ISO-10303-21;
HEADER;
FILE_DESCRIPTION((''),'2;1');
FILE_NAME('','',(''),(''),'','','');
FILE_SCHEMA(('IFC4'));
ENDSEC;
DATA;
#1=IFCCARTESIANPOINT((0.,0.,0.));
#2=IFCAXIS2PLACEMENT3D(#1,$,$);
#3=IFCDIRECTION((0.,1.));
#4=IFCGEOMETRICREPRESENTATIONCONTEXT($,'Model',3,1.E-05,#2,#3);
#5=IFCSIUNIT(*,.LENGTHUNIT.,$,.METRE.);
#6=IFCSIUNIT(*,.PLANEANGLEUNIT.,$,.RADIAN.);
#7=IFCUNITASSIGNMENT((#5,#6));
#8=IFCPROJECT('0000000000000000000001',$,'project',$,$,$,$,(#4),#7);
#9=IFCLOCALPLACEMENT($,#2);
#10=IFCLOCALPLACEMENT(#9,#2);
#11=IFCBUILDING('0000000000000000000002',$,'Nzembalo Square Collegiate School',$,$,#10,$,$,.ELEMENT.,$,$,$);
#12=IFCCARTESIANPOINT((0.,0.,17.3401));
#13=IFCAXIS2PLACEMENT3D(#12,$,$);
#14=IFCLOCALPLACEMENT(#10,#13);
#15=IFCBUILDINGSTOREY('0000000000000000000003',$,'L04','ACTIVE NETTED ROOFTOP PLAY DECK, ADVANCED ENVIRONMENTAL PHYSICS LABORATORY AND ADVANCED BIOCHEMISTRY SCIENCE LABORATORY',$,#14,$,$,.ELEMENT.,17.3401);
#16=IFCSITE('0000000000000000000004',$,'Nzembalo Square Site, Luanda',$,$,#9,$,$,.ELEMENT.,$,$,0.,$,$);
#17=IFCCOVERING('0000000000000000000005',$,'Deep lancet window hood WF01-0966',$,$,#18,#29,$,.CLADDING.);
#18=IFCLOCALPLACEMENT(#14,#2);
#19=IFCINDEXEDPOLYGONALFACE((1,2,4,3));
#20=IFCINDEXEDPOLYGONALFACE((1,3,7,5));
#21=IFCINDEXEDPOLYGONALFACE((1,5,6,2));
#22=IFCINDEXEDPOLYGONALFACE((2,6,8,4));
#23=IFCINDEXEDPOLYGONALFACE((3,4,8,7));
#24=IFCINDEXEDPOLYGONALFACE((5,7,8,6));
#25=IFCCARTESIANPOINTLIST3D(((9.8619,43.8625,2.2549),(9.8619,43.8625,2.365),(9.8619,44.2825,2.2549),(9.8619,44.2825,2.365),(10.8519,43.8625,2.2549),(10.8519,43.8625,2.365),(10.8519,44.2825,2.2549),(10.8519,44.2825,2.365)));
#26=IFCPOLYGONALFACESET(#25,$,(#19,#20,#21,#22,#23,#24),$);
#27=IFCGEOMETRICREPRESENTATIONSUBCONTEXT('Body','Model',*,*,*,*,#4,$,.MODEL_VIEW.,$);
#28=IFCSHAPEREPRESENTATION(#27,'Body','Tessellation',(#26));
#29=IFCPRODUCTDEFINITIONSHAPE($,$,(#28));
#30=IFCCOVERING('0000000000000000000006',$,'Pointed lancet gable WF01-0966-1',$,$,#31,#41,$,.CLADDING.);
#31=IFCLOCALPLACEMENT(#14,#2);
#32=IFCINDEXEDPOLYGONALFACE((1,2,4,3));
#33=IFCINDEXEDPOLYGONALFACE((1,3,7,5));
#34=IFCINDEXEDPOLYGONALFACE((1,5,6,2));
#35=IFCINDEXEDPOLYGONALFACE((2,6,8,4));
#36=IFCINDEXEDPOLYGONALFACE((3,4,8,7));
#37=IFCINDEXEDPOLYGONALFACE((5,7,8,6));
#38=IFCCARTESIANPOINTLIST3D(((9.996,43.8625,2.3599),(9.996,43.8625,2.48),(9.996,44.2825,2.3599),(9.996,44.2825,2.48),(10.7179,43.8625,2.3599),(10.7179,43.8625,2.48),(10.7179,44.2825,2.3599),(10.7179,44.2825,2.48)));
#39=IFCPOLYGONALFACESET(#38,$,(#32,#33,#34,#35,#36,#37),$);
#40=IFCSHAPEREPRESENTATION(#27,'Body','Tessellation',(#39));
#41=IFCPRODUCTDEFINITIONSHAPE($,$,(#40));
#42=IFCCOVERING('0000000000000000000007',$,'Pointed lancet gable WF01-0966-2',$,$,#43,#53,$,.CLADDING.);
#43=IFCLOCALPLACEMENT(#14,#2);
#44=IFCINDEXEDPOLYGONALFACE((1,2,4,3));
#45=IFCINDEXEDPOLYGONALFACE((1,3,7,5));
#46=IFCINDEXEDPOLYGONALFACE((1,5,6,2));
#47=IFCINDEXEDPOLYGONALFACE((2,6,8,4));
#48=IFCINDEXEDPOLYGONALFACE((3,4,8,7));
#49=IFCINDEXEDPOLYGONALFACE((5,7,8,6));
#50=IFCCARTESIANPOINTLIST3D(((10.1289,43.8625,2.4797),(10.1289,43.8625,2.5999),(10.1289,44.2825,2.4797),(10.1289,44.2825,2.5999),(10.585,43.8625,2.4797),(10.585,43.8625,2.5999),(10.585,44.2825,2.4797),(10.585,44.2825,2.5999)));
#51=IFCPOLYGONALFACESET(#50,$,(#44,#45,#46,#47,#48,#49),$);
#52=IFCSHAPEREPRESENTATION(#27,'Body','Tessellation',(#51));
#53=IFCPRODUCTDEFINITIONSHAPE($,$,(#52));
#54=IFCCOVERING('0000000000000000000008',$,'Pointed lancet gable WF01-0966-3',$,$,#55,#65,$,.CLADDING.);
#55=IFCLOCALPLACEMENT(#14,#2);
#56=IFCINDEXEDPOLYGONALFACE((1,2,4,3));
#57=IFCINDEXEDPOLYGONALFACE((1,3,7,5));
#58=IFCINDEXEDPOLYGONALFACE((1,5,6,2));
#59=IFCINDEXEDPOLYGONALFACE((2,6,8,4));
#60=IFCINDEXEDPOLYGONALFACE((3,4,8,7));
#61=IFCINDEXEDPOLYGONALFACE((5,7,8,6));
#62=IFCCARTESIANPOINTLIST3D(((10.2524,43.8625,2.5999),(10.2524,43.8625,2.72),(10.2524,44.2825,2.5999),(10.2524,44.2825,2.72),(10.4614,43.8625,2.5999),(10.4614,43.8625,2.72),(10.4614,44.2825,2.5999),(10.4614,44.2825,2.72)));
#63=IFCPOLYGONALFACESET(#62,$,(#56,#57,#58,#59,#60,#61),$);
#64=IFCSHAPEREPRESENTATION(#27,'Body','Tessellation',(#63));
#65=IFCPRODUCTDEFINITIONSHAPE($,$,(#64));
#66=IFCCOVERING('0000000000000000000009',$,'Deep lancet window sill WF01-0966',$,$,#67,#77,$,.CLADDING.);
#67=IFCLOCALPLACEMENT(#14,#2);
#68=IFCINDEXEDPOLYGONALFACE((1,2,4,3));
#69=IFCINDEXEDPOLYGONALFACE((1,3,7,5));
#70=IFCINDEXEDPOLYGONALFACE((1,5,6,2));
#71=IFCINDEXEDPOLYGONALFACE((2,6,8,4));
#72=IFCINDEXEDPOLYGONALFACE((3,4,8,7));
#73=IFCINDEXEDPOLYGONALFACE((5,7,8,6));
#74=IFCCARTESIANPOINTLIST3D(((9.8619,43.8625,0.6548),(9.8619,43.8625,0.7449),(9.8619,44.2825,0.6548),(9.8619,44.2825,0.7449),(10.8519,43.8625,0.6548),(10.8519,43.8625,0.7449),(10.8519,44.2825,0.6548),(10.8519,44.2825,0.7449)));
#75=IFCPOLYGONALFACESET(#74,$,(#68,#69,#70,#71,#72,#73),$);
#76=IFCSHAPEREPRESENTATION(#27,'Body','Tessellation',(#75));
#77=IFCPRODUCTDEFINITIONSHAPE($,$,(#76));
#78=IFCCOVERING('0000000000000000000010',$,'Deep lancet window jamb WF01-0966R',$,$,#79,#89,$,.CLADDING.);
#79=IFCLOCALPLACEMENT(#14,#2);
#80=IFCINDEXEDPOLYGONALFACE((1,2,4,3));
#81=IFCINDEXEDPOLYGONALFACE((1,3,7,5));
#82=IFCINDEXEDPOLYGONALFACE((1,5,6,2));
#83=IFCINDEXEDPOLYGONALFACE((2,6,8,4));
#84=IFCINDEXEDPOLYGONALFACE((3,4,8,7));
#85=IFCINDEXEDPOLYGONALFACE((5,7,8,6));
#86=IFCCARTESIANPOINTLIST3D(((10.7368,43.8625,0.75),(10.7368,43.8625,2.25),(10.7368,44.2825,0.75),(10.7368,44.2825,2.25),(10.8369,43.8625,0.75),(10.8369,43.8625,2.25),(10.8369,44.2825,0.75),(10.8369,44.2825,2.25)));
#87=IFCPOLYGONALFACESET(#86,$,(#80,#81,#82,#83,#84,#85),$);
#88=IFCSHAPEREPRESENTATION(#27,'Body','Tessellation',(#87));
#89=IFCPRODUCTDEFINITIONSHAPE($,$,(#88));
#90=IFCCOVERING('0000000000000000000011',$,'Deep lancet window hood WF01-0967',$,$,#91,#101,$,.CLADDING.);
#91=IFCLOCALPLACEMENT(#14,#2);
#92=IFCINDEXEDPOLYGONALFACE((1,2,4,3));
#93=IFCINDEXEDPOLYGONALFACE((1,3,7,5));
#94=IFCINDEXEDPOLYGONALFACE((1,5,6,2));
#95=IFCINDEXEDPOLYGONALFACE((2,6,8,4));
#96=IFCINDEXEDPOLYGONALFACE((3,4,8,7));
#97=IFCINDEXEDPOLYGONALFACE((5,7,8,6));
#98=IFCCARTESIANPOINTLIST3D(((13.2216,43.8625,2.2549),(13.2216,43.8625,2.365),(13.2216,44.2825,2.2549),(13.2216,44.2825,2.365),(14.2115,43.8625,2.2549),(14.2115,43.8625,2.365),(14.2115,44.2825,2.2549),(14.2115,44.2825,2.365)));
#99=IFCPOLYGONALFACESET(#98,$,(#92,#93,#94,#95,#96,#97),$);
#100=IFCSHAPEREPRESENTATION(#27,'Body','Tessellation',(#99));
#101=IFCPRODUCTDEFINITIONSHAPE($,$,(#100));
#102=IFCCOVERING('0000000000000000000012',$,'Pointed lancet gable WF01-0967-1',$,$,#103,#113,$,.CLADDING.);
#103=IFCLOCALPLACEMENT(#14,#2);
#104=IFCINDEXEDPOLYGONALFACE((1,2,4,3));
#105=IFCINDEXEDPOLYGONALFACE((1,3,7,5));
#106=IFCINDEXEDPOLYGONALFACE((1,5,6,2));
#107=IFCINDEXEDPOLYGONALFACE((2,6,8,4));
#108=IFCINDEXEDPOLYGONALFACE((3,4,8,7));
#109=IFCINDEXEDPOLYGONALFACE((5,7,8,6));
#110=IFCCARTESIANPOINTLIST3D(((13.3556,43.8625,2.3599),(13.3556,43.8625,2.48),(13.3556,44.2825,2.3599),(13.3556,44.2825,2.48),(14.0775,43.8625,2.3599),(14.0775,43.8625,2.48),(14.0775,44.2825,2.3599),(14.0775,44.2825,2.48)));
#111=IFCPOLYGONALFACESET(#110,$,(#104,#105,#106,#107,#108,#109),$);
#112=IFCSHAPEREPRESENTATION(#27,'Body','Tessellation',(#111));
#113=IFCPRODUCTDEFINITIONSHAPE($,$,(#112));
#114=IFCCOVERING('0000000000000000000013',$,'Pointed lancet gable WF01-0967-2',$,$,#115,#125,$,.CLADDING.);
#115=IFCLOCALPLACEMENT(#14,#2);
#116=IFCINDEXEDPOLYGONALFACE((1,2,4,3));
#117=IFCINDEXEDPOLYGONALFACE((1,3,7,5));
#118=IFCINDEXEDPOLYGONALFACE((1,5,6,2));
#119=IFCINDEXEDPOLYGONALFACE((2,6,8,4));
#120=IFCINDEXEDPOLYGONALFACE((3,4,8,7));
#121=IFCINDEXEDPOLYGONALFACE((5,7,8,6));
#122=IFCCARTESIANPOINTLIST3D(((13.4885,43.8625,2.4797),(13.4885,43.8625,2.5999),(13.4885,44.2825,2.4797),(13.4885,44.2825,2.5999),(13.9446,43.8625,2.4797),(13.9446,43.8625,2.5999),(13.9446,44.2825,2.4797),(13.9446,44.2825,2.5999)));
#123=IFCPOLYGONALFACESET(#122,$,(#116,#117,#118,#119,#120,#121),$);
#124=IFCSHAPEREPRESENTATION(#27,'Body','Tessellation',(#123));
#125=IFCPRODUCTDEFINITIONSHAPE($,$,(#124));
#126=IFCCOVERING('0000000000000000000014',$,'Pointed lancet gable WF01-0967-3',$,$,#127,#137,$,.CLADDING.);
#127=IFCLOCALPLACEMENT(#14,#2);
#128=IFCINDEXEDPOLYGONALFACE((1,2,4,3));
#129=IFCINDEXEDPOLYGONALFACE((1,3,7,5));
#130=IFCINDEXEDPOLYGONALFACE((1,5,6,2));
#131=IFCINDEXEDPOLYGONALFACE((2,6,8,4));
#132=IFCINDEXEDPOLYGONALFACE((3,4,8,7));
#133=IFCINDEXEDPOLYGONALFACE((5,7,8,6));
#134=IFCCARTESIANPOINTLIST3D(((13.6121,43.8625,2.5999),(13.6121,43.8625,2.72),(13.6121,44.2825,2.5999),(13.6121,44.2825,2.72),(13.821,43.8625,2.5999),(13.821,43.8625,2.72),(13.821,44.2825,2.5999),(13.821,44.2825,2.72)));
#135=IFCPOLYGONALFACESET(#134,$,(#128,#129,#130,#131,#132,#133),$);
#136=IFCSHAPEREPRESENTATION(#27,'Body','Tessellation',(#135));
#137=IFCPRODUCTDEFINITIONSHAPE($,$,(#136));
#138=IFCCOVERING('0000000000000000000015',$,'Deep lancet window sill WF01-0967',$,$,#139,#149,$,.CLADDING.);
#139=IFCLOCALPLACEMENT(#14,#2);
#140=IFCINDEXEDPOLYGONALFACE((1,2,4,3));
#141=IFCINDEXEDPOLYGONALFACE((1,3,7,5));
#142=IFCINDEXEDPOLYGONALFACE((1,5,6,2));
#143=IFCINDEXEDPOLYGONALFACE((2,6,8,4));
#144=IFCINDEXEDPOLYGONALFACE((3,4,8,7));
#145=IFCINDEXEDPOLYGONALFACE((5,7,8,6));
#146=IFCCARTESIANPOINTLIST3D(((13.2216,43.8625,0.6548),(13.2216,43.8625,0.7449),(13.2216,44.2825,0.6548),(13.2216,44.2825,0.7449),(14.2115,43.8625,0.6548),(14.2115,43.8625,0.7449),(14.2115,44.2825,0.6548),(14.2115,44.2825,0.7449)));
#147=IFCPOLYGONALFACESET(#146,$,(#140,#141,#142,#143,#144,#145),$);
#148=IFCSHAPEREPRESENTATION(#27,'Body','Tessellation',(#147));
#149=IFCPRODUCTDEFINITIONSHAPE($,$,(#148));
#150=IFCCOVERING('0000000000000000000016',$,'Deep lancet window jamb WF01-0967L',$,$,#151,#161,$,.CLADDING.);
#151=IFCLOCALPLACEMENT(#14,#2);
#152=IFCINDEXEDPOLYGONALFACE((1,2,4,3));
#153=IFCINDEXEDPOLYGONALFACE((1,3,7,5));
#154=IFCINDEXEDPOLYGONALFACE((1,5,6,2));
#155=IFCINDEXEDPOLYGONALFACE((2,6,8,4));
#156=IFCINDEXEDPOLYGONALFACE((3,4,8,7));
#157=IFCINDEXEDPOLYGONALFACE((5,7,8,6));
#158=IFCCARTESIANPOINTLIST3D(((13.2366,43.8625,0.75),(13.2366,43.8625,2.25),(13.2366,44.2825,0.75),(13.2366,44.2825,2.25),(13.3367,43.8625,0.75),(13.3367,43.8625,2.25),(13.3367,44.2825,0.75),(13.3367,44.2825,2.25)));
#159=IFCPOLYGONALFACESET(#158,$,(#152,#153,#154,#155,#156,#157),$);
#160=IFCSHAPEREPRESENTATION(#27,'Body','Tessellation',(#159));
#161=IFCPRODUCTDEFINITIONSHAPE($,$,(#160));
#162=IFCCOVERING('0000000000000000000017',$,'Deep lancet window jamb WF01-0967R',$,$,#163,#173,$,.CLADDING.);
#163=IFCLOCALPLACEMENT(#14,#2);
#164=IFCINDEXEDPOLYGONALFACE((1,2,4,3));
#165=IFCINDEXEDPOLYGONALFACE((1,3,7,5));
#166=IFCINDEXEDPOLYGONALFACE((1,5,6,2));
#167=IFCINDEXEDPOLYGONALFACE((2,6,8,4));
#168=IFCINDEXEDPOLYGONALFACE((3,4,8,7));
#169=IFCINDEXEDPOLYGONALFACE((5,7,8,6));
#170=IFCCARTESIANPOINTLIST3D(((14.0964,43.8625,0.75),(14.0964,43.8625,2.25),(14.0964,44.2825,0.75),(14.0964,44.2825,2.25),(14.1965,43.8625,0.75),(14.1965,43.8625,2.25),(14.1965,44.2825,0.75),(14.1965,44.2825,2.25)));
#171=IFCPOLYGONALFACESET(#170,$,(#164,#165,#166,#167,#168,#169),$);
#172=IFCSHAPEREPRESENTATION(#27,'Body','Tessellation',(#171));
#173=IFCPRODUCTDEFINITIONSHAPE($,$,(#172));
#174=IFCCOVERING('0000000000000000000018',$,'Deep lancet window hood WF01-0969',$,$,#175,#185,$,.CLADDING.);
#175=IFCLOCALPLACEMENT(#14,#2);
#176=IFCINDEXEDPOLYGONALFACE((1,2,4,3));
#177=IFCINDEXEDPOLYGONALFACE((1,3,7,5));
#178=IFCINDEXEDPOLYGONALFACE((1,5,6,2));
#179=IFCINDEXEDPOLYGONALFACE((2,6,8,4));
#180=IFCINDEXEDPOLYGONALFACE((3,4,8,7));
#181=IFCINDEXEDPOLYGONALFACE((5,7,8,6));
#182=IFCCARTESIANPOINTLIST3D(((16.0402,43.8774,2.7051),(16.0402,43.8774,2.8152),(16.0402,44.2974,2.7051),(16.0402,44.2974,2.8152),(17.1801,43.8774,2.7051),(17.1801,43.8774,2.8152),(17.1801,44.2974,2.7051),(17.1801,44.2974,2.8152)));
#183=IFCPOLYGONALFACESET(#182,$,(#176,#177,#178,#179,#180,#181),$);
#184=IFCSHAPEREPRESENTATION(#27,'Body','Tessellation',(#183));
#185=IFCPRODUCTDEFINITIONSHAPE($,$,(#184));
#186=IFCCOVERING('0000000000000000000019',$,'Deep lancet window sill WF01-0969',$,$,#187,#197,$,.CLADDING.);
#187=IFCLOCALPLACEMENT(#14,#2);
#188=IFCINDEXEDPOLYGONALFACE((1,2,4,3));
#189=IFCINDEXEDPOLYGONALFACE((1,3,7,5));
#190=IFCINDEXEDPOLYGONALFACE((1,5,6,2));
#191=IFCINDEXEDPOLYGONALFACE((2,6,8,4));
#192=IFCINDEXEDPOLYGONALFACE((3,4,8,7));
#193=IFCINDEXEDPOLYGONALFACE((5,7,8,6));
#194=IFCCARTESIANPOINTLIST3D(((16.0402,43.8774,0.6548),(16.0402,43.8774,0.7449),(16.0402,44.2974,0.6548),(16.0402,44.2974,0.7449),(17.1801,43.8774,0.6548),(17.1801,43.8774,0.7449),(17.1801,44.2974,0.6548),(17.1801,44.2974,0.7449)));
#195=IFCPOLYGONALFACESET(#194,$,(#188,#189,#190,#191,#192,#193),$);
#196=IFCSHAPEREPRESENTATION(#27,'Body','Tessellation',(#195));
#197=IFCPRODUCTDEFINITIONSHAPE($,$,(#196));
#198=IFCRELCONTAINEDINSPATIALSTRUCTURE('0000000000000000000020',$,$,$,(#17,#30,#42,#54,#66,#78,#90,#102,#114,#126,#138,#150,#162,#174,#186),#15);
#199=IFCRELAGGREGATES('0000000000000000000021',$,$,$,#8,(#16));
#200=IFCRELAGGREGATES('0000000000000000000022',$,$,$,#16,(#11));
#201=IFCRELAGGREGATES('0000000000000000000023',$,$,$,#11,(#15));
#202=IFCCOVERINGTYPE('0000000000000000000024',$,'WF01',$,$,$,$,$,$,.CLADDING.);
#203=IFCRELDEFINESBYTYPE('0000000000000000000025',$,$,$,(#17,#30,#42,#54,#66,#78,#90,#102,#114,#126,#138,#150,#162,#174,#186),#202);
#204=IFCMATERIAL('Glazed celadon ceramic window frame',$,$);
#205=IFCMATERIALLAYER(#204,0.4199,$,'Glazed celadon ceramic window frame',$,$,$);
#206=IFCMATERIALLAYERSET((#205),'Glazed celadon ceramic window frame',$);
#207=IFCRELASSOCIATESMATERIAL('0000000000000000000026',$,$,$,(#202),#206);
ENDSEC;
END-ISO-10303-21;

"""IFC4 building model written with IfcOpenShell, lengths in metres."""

from ifc_helpers import new_model, si_unit, direction, frame, origin, origin_2d, place, context, subcontext, project, spatial, rectangle, extrude, material, layer, layer_set, type_object, element, save


model = new_model("IFC4")

# Units and contexts
model_context = context("Model", 3, precision=1e-05, world=origin(), true_north=direction((0.0, 1.0)))
body_context = subcontext(model_context, "Body", "Model", "MODEL_VIEW")
ifc_project = project(units=[si_unit("LENGTHUNIT", "METRE"), si_unit("PLANEANGLEUNIT", "RADIAN")], contexts=[model_context])

# Site, building, storey
site_placement = place(None, origin())
site = spatial("IfcSite", under=ifc_project, at=site_placement, Name="Nzembalo Square Site, Luanda", CompositionType="ELEMENT", RefElevation=0.0)
building_placement = place(site_placement, origin())
building = spatial("IfcBuilding", under=site, at=building_placement, Name="Nzembalo Square Collegiate School", CompositionType="ELEMENT")
storey_placement = place(building_placement, frame((0.0, 0.0, 17.3401)))
storey = spatial("IfcBuildingStorey", under=building, at=storey_placement, Name="L04", Description="ACTIVE NETTED ROOFTOP PLAY DECK, ADVANCED ENVIRONMENTAL PHYSICS LABORATORY AND ADVANCED BIOCHEMISTRY SCIENCE LABORATORY", CompositionType="ELEMENT", Elevation=17.3401)

# Coverings
ifc_material = material(Name="Glazed celadon ceramic window frame")
ifc_layer = layer(ifc_material, 0.4199, Name="Glazed celadon ceramic window frame")
ifc_layer_set = layer_set([ifc_layer], Name="Glazed celadon ceramic window frame")
covering_type = type_object("IfcCoveringType", Name="WF01", PredefinedType="CLADDING", material=ifc_layer_set)
covering_1_placement = place(storey_placement, frame((10.3569, 44.0725, 2.2549), z_axis=(0.0, 0.0, 1.0), x_axis=(1.0, 0.0, 0.0)))
element("IfcCovering", 1, at=covering_1_placement, inside=storey, type_object=covering_type, Name="Deep lancet window hood WF01-0966", PredefinedType="CLADDING", context=body_context, shape_type="SweptSolid", body=[
    extrude(rectangle(XDim=0.99, YDim=0.4199, at=origin_2d()), origin(), (0.0, 0.0, 1.0), 0.1101),
])
covering_2_placement = place(storey_placement, frame((10.3569, 44.0725, 2.3599), z_axis=(0.0, 0.0, 1.0), x_axis=(1.0, 0.0, 0.0)))
element("IfcCovering", 2, at=covering_2_placement, inside=storey, type_object=covering_type, Name="Pointed lancet gable WF01-0966-1", PredefinedType="CLADDING", context=body_context, shape_type="SweptSolid", body=[
    extrude(rectangle(XDim=0.7219, YDim=0.4199, at=origin_2d()), origin(), (0.0, 0.0, 1.0), 0.1201),
])
covering_3_placement = place(storey_placement, frame((10.3569, 44.0725, 2.4797), z_axis=(0.0, 0.0, 1.0), x_axis=(1.0, 0.0, 0.0)))
element("IfcCovering", 3, at=covering_3_placement, inside=storey, type_object=covering_type, Name="Pointed lancet gable WF01-0966-2", PredefinedType="CLADDING", context=body_context, shape_type="SweptSolid", body=[
    extrude(rectangle(XDim=0.4561, YDim=0.4199, at=origin_2d()), origin(), (0.0, 0.0, 1.0), 0.1201),
])
covering_4_placement = place(storey_placement, frame((10.3569, 44.0725, 2.5999), z_axis=(0.0, 0.0, 1.0), x_axis=(1.0, 0.0, 0.0)))
element("IfcCovering", 4, at=covering_4_placement, inside=storey, type_object=covering_type, Name="Pointed lancet gable WF01-0966-3", PredefinedType="CLADDING", context=body_context, shape_type="SweptSolid", body=[
    extrude(rectangle(XDim=0.209, YDim=0.4199, at=origin_2d()), origin(), (0.0, 0.0, 1.0), 0.1201),
])
covering_5_placement = place(storey_placement, frame((10.3569, 44.0725, 0.6548), z_axis=(0.0, 0.0, 1.0), x_axis=(1.0, 0.0, 0.0)))
element("IfcCovering", 5, at=covering_5_placement, inside=storey, type_object=covering_type, Name="Deep lancet window sill WF01-0966", PredefinedType="CLADDING", context=body_context, shape_type="SweptSolid", body=[
    extrude(rectangle(XDim=0.99, YDim=0.4199, at=origin_2d()), origin(), (0.0, 0.0, 1.0), 0.0901),
])
covering_6_placement = place(storey_placement, frame((10.7869, 44.0725, 0.75), z_axis=(0.0, 0.0, 1.0), x_axis=(1.0, 0.0, 0.0)))
element("IfcCovering", 6, at=covering_6_placement, inside=storey, type_object=covering_type, Name="Deep lancet window jamb WF01-0966R", PredefinedType="CLADDING", context=body_context, shape_type="SweptSolid", body=[
    extrude(rectangle(XDim=0.1001, YDim=0.4199, at=origin_2d()), origin(), (0.0, 0.0, 1.0), 1.5),
])
covering_7_placement = place(storey_placement, frame((13.7166, 44.0725, 2.2549), z_axis=(0.0, 0.0, 1.0), x_axis=(1.0, 0.0, 0.0)))
element("IfcCovering", 7, at=covering_7_placement, inside=storey, type_object=covering_type, Name="Deep lancet window hood WF01-0967", PredefinedType="CLADDING", context=body_context, shape_type="SweptSolid", body=[
    extrude(rectangle(XDim=0.99, YDim=0.4199, at=origin_2d()), origin(), (0.0, 0.0, 1.0), 0.1101),
])
covering_8_placement = place(storey_placement, frame((13.7166, 44.0725, 2.3599), z_axis=(0.0, 0.0, 1.0), x_axis=(1.0, 0.0, 0.0)))
element("IfcCovering", 8, at=covering_8_placement, inside=storey, type_object=covering_type, Name="Pointed lancet gable WF01-0967-1", PredefinedType="CLADDING", context=body_context, shape_type="SweptSolid", body=[
    extrude(rectangle(XDim=0.7219, YDim=0.4199, at=origin_2d()), origin(), (0.0, 0.0, 1.0), 0.1201),
])
covering_9_placement = place(storey_placement, frame((13.7166, 44.0725, 2.4797), z_axis=(0.0, 0.0, 1.0), x_axis=(1.0, 0.0, 0.0)))
element("IfcCovering", 9, at=covering_9_placement, inside=storey, type_object=covering_type, Name="Pointed lancet gable WF01-0967-2", PredefinedType="CLADDING", context=body_context, shape_type="SweptSolid", body=[
    extrude(rectangle(XDim=0.4561, YDim=0.4199, at=origin_2d()), origin(), (0.0, 0.0, 1.0), 0.1201),
])
covering_10_placement = place(storey_placement, frame((13.7166, 44.0725, 2.5999), z_axis=(0.0, 0.0, 1.0), x_axis=(1.0, 0.0, 0.0)))
element("IfcCovering", 10, at=covering_10_placement, inside=storey, type_object=covering_type, Name="Pointed lancet gable WF01-0967-3", PredefinedType="CLADDING", context=body_context, shape_type="SweptSolid", body=[
    extrude(rectangle(XDim=0.209, YDim=0.4199, at=origin_2d()), origin(), (0.0, 0.0, 1.0), 0.1201),
])
covering_11_placement = place(storey_placement, frame((13.7166, 44.0725, 0.6548), z_axis=(0.0, 0.0, 1.0), x_axis=(1.0, 0.0, 0.0)))
element("IfcCovering", 11, at=covering_11_placement, inside=storey, type_object=covering_type, Name="Deep lancet window sill WF01-0967", PredefinedType="CLADDING", context=body_context, shape_type="SweptSolid", body=[
    extrude(rectangle(XDim=0.99, YDim=0.4199, at=origin_2d()), origin(), (0.0, 0.0, 1.0), 0.0901),
])
for number, where, z_axis, x_axis, name in (
    (12, (13.2866, 44.0725, 0.75), (0.0, 0.0, 1.0), (1.0, 0.0, 0.0), "Deep lancet window jamb WF01-0967L"),
    (13, (14.1465, 44.0725, 0.75), (0.0, 0.0, 1.0), (1.0, 0.0, 0.0), "Deep lancet window jamb WF01-0967R"),
):
    element("IfcCovering", number, at=place(storey_placement, frame(where, z_axis=z_axis, x_axis=x_axis)), inside=storey, type_object=covering_type, Name=name, PredefinedType="CLADDING", context=body_context, shape_type="SweptSolid", body=[
        extrude(rectangle(XDim=0.1001, YDim=0.4199, at=origin_2d()), origin(), (0.0, 0.0, 1.0), 1.5),
    ])
covering_12_placement = place(storey_placement, frame((16.6101, 44.0874, 2.7051), z_axis=(0.0, 0.0, 1.0), x_axis=(1.0, 0.0, 0.0)))
element("IfcCovering", 14, at=covering_12_placement, inside=storey, type_object=covering_type, Name="Deep lancet window hood WF01-0969", PredefinedType="CLADDING", context=body_context, shape_type="SweptSolid", body=[
    extrude(rectangle(XDim=1.1399, YDim=0.4199, at=origin_2d()), origin(), (0.0, 0.0, 1.0), 0.1101),
])
covering_13_placement = place(storey_placement, frame((16.6101, 44.0874, 0.6548), z_axis=(0.0, 0.0, 1.0), x_axis=(1.0, 0.0, 0.0)))
element("IfcCovering", 15, at=covering_13_placement, inside=storey, type_object=covering_type, Name="Deep lancet window sill WF01-0969", PredefinedType="CLADDING", context=body_context, shape_type="SweptSolid", body=[
    extrude(rectangle(XDim=1.1399, YDim=0.4199, at=origin_2d()), origin(), (0.0, 0.0, 1.0), 0.0901),
])

save(model, "model.ifc")
